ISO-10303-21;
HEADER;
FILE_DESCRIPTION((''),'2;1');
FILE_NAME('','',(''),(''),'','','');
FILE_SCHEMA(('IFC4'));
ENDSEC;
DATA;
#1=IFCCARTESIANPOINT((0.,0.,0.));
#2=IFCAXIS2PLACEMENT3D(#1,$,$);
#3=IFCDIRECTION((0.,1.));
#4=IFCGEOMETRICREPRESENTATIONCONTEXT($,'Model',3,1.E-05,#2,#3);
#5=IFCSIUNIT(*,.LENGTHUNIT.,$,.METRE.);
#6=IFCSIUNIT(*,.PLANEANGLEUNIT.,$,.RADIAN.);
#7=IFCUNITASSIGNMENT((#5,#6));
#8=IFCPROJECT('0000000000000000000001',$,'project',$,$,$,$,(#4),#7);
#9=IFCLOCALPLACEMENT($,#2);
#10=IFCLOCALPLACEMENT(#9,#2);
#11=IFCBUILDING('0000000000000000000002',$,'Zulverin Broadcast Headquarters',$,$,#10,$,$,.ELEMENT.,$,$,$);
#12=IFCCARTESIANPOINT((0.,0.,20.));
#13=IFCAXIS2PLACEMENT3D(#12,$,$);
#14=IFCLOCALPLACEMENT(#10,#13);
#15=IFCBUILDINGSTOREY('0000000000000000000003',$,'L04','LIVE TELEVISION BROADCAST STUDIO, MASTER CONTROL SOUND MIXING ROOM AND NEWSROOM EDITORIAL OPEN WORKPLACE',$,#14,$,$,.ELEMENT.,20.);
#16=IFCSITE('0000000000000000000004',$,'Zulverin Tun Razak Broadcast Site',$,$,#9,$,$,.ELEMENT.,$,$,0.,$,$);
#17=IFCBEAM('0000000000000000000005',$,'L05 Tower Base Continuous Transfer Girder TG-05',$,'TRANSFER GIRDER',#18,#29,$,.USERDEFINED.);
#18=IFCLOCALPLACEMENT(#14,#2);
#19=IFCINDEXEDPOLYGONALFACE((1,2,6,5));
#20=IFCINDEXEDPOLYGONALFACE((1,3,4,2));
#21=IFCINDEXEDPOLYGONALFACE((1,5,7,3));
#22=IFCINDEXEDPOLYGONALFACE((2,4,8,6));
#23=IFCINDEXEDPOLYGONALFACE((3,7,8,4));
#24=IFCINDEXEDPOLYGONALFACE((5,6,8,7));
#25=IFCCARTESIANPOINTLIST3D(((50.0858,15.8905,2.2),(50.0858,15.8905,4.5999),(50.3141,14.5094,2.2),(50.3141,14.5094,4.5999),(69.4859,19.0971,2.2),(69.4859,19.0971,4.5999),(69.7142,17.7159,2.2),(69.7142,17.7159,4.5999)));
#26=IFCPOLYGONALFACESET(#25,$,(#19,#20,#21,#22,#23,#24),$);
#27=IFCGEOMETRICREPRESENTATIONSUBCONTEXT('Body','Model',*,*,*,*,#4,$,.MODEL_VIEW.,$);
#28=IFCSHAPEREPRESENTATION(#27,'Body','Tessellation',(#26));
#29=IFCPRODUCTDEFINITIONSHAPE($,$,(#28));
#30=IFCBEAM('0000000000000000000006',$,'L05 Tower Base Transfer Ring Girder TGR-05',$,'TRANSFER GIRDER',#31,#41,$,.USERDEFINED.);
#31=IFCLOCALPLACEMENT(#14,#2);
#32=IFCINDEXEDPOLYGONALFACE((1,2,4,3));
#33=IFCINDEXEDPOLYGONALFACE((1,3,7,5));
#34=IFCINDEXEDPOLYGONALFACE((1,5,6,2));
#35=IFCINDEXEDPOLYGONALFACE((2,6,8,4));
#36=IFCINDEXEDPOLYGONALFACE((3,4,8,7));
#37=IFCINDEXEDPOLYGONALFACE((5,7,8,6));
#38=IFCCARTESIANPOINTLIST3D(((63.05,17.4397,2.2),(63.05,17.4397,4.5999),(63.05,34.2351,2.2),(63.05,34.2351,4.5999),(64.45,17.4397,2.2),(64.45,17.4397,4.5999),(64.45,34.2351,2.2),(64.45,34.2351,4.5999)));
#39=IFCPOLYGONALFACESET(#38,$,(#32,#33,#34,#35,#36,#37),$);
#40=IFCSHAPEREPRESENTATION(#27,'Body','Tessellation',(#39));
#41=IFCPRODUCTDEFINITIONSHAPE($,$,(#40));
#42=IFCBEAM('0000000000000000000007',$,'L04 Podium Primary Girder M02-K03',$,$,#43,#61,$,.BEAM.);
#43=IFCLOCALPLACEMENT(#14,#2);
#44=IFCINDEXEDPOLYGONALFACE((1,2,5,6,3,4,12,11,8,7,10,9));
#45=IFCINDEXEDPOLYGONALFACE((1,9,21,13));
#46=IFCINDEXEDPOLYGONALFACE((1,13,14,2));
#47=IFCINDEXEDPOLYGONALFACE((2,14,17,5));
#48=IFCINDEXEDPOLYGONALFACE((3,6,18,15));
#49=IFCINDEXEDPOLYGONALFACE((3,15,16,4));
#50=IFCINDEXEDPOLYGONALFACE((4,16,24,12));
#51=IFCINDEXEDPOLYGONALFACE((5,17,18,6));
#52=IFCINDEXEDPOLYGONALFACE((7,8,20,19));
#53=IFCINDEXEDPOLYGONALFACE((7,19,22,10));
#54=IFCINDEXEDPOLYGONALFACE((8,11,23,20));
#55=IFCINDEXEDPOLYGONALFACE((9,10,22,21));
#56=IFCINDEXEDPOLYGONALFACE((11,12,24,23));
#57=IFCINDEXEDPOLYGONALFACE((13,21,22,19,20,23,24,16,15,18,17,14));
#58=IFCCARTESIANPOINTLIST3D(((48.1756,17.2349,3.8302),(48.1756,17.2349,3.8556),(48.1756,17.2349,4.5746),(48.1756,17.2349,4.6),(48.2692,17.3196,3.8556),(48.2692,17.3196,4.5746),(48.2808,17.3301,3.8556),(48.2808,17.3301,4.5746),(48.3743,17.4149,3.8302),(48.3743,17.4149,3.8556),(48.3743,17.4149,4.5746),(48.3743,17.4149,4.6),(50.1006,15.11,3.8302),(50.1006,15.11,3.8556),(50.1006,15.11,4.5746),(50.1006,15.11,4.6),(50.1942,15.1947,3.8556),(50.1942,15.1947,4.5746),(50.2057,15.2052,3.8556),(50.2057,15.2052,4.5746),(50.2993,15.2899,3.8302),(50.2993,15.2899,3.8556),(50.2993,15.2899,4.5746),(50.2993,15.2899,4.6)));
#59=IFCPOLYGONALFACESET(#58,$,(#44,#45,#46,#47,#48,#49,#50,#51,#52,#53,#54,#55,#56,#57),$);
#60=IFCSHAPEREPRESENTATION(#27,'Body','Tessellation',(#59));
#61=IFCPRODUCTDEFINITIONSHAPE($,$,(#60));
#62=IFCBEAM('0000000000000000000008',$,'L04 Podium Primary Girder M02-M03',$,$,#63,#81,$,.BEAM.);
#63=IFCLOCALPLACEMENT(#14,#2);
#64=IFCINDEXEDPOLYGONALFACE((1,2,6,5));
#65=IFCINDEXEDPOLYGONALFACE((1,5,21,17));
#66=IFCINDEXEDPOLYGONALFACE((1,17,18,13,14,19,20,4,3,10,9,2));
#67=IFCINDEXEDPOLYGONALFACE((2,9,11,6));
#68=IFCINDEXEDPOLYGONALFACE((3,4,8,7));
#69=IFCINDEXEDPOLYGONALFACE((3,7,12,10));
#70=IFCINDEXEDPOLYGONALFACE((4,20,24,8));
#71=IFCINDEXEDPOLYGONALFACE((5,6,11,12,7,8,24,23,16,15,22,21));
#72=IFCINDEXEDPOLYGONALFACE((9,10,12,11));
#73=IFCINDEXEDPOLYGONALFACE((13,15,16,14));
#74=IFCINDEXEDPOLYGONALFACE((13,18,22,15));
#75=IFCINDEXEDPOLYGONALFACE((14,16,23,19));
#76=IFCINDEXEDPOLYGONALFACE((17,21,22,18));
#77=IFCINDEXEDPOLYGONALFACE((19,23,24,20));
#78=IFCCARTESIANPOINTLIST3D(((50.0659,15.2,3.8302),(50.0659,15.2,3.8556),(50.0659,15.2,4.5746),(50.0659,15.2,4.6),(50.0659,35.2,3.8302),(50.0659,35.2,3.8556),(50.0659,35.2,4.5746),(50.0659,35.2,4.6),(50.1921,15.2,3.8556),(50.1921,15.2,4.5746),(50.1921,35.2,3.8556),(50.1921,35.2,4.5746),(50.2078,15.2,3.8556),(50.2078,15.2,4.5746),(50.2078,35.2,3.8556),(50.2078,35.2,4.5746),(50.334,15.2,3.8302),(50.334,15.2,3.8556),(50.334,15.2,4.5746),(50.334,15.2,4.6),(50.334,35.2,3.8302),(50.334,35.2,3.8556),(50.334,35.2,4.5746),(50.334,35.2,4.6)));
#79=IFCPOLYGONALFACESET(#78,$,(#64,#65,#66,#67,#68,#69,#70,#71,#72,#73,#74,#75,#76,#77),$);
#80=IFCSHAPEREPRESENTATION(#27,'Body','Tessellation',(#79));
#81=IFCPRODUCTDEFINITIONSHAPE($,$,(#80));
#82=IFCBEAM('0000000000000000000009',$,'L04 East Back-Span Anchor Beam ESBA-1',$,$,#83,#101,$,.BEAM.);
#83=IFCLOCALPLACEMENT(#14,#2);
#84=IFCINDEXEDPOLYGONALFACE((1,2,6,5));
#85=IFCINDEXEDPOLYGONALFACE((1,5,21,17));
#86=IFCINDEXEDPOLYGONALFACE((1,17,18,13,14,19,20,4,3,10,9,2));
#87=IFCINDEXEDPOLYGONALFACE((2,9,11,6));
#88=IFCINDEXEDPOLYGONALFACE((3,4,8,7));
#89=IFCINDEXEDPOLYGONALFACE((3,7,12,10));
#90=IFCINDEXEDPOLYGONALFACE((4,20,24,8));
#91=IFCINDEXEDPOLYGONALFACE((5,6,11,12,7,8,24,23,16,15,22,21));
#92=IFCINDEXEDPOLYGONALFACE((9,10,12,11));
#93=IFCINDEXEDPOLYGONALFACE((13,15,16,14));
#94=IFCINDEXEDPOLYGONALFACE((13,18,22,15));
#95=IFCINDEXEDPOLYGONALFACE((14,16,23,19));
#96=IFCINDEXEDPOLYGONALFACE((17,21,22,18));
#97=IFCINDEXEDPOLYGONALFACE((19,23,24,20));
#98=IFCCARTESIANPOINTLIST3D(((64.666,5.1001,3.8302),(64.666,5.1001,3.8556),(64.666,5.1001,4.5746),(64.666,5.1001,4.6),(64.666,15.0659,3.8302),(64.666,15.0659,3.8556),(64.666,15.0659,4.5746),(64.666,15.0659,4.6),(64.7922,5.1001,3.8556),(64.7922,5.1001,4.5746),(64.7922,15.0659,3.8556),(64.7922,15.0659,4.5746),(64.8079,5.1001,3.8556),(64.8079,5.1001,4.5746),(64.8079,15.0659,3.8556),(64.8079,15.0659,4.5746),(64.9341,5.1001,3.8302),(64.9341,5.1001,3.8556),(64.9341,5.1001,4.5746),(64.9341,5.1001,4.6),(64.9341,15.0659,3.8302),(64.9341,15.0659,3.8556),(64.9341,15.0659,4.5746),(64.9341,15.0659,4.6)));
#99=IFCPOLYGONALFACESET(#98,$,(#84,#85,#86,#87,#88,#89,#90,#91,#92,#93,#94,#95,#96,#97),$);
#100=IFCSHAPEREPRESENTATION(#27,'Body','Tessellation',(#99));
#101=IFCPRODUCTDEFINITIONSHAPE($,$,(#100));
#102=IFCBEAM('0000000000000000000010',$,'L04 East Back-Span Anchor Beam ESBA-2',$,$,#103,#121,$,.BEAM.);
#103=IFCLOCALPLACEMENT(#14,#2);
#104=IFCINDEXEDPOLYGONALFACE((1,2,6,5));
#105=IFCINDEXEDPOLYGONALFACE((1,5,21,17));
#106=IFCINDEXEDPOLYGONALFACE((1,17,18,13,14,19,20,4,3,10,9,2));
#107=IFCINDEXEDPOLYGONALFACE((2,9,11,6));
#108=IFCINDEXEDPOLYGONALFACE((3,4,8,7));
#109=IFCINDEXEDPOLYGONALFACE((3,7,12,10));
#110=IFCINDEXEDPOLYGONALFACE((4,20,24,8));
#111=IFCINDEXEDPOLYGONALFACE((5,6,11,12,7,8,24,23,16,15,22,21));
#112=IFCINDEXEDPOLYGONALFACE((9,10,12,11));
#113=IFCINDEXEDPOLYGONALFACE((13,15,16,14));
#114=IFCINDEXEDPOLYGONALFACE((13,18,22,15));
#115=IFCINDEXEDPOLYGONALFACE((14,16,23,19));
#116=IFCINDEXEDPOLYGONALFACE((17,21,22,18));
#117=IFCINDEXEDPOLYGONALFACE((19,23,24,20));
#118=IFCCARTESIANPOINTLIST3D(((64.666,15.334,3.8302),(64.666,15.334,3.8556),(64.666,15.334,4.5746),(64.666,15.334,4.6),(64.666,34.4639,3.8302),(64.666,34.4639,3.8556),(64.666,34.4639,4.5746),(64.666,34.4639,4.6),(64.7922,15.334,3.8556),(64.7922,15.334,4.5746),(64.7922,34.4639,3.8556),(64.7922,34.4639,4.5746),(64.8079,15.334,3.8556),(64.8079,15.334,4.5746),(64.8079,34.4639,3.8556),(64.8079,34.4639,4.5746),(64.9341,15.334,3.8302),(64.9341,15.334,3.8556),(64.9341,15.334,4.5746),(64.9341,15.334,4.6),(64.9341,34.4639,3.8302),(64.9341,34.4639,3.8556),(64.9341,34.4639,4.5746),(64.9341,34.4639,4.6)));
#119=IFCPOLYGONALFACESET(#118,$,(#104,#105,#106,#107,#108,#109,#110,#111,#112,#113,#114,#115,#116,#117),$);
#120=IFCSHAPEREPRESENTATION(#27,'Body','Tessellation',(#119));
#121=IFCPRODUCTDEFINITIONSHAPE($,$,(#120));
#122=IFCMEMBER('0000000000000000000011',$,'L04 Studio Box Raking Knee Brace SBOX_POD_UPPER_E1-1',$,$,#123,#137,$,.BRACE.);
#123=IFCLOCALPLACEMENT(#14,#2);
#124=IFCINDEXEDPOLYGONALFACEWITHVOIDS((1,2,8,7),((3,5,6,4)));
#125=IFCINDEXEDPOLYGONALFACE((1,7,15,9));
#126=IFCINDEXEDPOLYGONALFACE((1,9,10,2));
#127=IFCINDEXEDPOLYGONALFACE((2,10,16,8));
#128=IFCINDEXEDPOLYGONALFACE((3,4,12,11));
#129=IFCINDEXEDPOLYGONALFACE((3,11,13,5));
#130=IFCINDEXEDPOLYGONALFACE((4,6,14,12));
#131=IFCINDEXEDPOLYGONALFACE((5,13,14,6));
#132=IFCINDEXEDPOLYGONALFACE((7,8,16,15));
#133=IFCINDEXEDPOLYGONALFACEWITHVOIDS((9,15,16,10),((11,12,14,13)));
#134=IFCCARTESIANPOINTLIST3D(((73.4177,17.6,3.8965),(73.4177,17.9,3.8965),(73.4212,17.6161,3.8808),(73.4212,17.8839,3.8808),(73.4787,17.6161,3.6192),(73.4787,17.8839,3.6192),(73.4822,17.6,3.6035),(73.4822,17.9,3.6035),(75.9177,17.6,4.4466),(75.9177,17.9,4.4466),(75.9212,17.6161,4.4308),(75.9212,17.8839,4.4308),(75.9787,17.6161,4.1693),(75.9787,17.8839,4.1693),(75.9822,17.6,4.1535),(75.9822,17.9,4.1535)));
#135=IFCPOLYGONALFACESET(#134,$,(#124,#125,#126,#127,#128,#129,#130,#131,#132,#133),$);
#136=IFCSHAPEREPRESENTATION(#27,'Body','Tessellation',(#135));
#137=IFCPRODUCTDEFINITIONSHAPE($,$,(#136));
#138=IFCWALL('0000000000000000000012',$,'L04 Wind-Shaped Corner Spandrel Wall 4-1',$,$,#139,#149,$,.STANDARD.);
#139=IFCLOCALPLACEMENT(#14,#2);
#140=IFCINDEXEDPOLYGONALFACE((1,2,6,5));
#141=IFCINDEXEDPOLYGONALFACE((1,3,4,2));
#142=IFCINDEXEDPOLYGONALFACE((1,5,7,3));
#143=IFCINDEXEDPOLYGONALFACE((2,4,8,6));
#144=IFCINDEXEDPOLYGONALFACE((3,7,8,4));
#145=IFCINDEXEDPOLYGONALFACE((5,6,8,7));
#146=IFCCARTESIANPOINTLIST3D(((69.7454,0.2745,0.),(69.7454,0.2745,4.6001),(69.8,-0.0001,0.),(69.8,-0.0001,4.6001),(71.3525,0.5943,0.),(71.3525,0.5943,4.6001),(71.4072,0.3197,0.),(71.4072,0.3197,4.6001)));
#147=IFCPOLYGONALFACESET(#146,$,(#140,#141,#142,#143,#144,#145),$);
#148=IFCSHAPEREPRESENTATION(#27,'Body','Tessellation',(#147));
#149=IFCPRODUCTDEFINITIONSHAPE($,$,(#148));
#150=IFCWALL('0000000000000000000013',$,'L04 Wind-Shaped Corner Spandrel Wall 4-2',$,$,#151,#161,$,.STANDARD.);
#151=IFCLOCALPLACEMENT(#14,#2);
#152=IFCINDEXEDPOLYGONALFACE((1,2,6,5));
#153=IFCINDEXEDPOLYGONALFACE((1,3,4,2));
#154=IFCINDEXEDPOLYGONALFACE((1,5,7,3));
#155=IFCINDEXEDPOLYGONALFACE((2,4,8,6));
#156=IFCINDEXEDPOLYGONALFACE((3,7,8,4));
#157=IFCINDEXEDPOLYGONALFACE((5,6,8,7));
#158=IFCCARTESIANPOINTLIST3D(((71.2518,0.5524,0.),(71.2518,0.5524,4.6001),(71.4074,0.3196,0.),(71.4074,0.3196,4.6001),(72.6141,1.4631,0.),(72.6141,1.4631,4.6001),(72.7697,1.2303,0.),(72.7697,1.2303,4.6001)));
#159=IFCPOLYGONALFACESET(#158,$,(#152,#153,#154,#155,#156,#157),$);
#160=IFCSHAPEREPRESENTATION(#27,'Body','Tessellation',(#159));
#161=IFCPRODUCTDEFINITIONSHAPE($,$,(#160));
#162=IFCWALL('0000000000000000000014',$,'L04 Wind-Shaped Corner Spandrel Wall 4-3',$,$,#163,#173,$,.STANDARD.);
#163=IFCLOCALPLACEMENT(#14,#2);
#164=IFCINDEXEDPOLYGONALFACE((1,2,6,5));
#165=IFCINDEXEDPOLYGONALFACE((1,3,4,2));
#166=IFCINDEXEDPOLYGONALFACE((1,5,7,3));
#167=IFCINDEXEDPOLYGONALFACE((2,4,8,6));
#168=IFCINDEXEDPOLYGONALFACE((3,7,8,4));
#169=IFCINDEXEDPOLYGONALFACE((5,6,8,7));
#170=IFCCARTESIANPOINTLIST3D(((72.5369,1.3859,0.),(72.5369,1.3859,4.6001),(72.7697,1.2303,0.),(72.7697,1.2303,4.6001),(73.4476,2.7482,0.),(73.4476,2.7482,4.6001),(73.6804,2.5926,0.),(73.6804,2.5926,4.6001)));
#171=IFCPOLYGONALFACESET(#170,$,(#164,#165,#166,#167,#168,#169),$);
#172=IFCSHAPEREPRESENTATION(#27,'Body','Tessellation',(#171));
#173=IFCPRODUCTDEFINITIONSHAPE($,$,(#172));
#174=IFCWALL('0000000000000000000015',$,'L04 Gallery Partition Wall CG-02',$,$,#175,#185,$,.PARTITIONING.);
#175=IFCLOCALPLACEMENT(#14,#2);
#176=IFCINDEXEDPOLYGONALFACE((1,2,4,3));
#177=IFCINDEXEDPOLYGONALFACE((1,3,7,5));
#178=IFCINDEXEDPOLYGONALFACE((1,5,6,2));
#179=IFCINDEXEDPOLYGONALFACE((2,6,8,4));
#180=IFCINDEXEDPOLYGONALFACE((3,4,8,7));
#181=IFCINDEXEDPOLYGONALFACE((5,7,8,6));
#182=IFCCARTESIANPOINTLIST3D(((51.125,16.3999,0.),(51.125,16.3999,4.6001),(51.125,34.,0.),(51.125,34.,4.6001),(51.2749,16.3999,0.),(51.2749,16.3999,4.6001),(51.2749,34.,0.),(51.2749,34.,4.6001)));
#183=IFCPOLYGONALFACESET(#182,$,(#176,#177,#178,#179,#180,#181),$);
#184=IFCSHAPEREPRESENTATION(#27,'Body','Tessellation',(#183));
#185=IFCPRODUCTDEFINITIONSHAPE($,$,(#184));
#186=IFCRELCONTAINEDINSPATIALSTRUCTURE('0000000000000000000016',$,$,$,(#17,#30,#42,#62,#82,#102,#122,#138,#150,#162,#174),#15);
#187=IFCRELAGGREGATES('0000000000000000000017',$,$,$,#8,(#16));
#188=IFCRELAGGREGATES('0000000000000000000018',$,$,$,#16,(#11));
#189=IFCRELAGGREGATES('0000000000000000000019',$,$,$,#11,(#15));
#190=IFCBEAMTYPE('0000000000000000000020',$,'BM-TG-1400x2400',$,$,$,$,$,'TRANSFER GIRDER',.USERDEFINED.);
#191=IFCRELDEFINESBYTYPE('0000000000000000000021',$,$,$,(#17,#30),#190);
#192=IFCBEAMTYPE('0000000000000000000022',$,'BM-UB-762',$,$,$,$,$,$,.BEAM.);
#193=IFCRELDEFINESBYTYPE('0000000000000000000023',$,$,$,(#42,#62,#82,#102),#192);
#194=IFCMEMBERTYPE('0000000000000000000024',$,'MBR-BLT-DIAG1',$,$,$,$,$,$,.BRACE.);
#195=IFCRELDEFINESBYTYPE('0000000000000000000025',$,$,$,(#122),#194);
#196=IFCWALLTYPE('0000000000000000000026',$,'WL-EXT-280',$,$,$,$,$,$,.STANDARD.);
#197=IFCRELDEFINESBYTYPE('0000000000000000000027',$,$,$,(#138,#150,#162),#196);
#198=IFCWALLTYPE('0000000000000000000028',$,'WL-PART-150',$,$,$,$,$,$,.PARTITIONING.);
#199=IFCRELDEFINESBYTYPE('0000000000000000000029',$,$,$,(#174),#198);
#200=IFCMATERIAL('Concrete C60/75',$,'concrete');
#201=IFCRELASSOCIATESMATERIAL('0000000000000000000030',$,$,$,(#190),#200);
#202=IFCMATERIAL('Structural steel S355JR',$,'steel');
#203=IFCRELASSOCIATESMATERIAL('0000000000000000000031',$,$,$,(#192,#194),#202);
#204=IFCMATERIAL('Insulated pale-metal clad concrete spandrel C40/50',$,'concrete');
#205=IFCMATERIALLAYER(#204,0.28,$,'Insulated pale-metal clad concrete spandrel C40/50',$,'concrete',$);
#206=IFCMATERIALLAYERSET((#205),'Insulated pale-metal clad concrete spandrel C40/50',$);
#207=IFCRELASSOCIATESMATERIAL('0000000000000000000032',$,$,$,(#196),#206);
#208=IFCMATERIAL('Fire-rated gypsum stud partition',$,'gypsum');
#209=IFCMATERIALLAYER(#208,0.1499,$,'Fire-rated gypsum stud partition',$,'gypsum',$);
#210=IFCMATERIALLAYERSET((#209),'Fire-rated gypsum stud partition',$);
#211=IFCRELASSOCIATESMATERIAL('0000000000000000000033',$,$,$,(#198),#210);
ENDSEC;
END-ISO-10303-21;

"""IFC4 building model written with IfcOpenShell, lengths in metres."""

from ifc_helpers import new_model, si_unit, direction, frame, frame_2d, origin, origin_2d, place, context, subcontext, project, spatial, rectangle, hollow_rectangle, i_section, extrude, material, layer, layer_set, material_profile, profile_set, type_object, element, save


model = new_model("IFC4")

# Units and contexts
model_context = context("Model", 3, precision=1e-05, world=origin(), true_north=direction((0.0, 1.0)))
body_context = subcontext(model_context, "Body", "Model", "MODEL_VIEW")
ifc_project = project(units=[si_unit("LENGTHUNIT", "METRE"), si_unit("PLANEANGLEUNIT", "RADIAN")], contexts=[model_context])

# Site, building, storey
site_placement = place(None, origin())
site = spatial("IfcSite", under=ifc_project, at=site_placement, Name="Zulverin Tun Razak Broadcast Site", CompositionType="ELEMENT", RefElevation=0.0)
building_placement = place(site_placement, origin())
building = spatial("IfcBuilding", under=site, at=building_placement, Name="Zulverin Broadcast Headquarters", CompositionType="ELEMENT")
storey_placement = place(building_placement, frame((0.0, 0.0, 20.0)))
storey = spatial("IfcBuildingStorey", under=building, at=storey_placement, Name="L04", Description="LIVE TELEVISION BROADCAST STUDIO, MASTER CONTROL SOUND MIXING ROOM AND NEWSROOM EDITORIAL OPEN WORKPLACE", CompositionType="ELEMENT", Elevation=20.0)

# Shared definitions
ifc_material_1 = material(Name="Concrete C60/75", Category="concrete")

# Beams
ifc_material_profile_1 = material_profile(ifc_material_1, rectangle(XDim=1.3999, YDim=2.3999, at=origin_2d()), Name="Concrete C60/75", Category="concrete")
ifc_profile_set_1 = profile_set([ifc_material_profile_1], Name="Concrete C60/75")
beam_type_1 = type_object("IfcBeamType", Name="BM-TG-1400x2400", ElementType="TRANSFER GIRDER", PredefinedType="USERDEFINED", material=ifc_profile_set_1)
beam_1_placement = place(storey_placement, frame((50.2, 15.2, 3.3999), z_axis=(0.986614, 0.163072, 0.0), x_axis=(-0.163072, 0.986614, 0.0)))
element("IfcBeam", 1, at=beam_1_placement, inside=storey, type_object=beam_type_1, Name="L05 Tower Base Continuous Transfer Girder TG-05", ObjectType="TRANSFER GIRDER", PredefinedType="USERDEFINED", context=body_context, shape_type="SweptSolid", body=[
    extrude(rectangle(XDim=1.3999, YDim=2.3999, at=origin_2d()), origin(), (0.0, 0.0, 1.0), 19.6633),
])
beam_2_placement = place(storey_placement, frame((63.75, 17.4397, 3.3999), z_axis=(0.0, 1.0, 0.0), x_axis=(-1.0, 0.0, 0.0)))
element("IfcBeam", 2, at=beam_2_placement, inside=storey, type_object=beam_type_1, Name="L05 Tower Base Transfer Ring Girder TGR-05", ObjectType="TRANSFER GIRDER", PredefinedType="USERDEFINED", context=body_context, shape_type="SweptSolid", body=[
    extrude(rectangle(XDim=1.3999, YDim=2.3999, at=origin_2d()), origin(), (0.0, 0.0, 1.0), 16.7954),
])
ifc_material_2 = material(Name="Structural steel S355JR", Category="steel")
ifc_material_profile_2 = material_profile(ifc_material_2, i_section(OverallWidth=0.2681, OverallDepth=0.7698, WebThickness=0.0156, FlangeThickness=0.0254, at=origin_2d()), Name="Structural steel S355JR", Category="steel")
ifc_profile_set_2 = profile_set([ifc_material_profile_2], Name="Structural steel S355JR")
beam_type_2 = type_object("IfcBeamType", Name="BM-UB-762", PredefinedType="BEAM", material=ifc_profile_set_2)
beam_3_placement = place(storey_placement, frame((50.2, 15.2, 4.2151), z_axis=(-0.671379, 0.741114, 0.0), x_axis=(-0.741114, -0.671379, 0.0)))
element("IfcBeam", 3, at=beam_3_placement, inside=storey, type_object=beam_type_2, Name="L04 Podium Primary Girder M02-K03", PredefinedType="BEAM", context=body_context, shape_type="SweptSolid", body=[
    extrude(i_section(OverallWidth=0.2681, OverallDepth=0.7698, WebThickness=0.0156, FlangeThickness=0.0254, at=origin_2d()), origin(), (0.0, 0.0, 1.0), 2.8672),
])
beam_4_placement = place(storey_placement, frame((50.2, 15.2, 4.2151), z_axis=(0.0, 1.0, 0.0), x_axis=(-1.0, 0.0, 0.0)))
element("IfcBeam", 4, at=beam_4_placement, inside=storey, type_object=beam_type_2, Name="L04 Podium Primary Girder M02-M03", PredefinedType="BEAM", context=body_context, shape_type="SweptSolid", body=[
    extrude(i_section(OverallWidth=0.2681, OverallDepth=0.7698, WebThickness=0.0156, FlangeThickness=0.0254, at=origin_2d()), origin(), (0.0, 0.0, 1.0), 20.0),
])
beam_5_placement = place(storey_placement, frame((64.8, 5.1001, 4.2151), z_axis=(0.0, 1.0, 0.0), x_axis=(-1.0, 0.0, 0.0)))
element("IfcBeam", 5, at=beam_5_placement, inside=storey, type_object=beam_type_2, Name="L04 East Back-Span Anchor Beam ESBA-1", PredefinedType="BEAM", context=body_context, shape_type="SweptSolid", body=[
    extrude(i_section(OverallWidth=0.2681, OverallDepth=0.7698, WebThickness=0.0156, FlangeThickness=0.0254, at=origin_2d()), origin(), (0.0, 0.0, 1.0), 9.9658),
])
beam_6_placement = place(storey_placement, frame((64.8, 15.334, 4.2151), z_axis=(0.0, 1.0, 0.0), x_axis=(-1.0, 0.0, 0.0)))
element("IfcBeam", 6, at=beam_6_placement, inside=storey, type_object=beam_type_2, Name="L04 East Back-Span Anchor Beam ESBA-2", PredefinedType="BEAM", context=body_context, shape_type="SweptSolid", body=[
    extrude(i_section(OverallWidth=0.2681, OverallDepth=0.7698, WebThickness=0.0156, FlangeThickness=0.0254, at=origin_2d()), origin(), (0.0, 0.0, 1.0), 19.1299),
])

# Member
ifc_material_profile_3 = material_profile(ifc_material_2, hollow_rectangle(XDim=0.3, YDim=0.3, WallThickness=0.0161, at=origin_2d()), Name="Structural steel S355JR", Category="steel")
ifc_profile_set_3 = profile_set([ifc_material_profile_3], Name="Structural steel S355JR")
member_type = type_object("IfcMemberType", Name="MBR-BLT-DIAG1", PredefinedType="BRACE", material=ifc_profile_set_3)
member_placement = place(storey_placement, frame((73.45, 17.75, 3.75), z_axis=(0.97664, 0.0, 0.21488), x_axis=(0.0, 1.0, 0.0)))
element("IfcMember", 7, at=member_placement, inside=storey, type_object=member_type, Name="L04 Studio Box Raking Knee Brace SBOX_POD_UPPER_E1-1", PredefinedType="BRACE", context=body_context, shape_type="SweptSolid", body=[
    extrude(hollow_rectangle(XDim=0.3, YDim=0.3, WallThickness=0.0161, at=origin_2d()), origin(), (0.0, 0.0, 1.0), 2.5598),
])

# Walls
ifc_material_3 = material(Name="Insulated pale-metal clad concrete spandrel C40/50", Category="concrete")
ifc_layer_1 = layer(ifc_material_3, 0.28, Name="Insulated pale-metal clad concrete spandrel C40/50", Category="concrete")
ifc_layer_set_1 = layer_set([ifc_layer_1], Name="Insulated pale-metal clad concrete spandrel C40/50")
wall_type_1 = type_object("IfcWallType", Name="WL-EXT-280", PredefinedType="STANDARD", material=ifc_layer_set_1)
for number, where, z_axis, x_axis, name in (
    (8, (69.7727, 0.1372, 0.0), (0.0, 0.0, 1.0), (0.980769, 0.195171, 0.0), "L04 Wind-Shaped Corner Spandrel Wall 4-1"),
    (9, (71.3296, 0.436, 0.0), (0.0, 0.0, 1.0), (0.831362, 0.555731, 0.0), "L04 Wind-Shaped Corner Spandrel Wall 4-2"),
    (10, (72.6533, 1.3081, 0.0), (0.0, 0.0, 1.0), (0.555731, 0.831362, 0.0), "L04 Wind-Shaped Corner Spandrel Wall 4-3"),
):
    element("IfcWall", number, at=place(storey_placement, frame(where, z_axis=z_axis, x_axis=x_axis)), inside=storey, type_object=wall_type_1, Name=name, PredefinedType="STANDARD", context=body_context, shape_type="SweptSolid", body=[
        extrude(rectangle(XDim=1.6387, YDim=0.28, at=frame_2d((0.8193, 0.0))), origin(), (0.0, 0.0, 1.0), 4.6001),
    ])
ifc_material_4 = material(Name="Fire-rated gypsum stud partition", Category="gypsum")
ifc_layer_2 = layer(ifc_material_4, 0.1499, Name="Fire-rated gypsum stud partition", Category="gypsum")
ifc_layer_set_2 = layer_set([ifc_layer_2], Name="Fire-rated gypsum stud partition")
wall_type_2 = type_object("IfcWallType", Name="WL-PART-150", PredefinedType="PARTITIONING", material=ifc_layer_set_2)
wall_1_placement = place(storey_placement, frame((51.2, 16.3999, 0.0), z_axis=(0.0, 0.0, 1.0), x_axis=(0.0, 1.0, 0.0)))
element("IfcWall", 11, at=wall_1_placement, inside=storey, type_object=wall_type_2, Name="L04 Gallery Partition Wall CG-02", PredefinedType="PARTITIONING", context=body_context, shape_type="SweptSolid", body=[
    extrude(rectangle(XDim=17.6001, YDim=0.1499, at=frame_2d((8.8, 0.0))), origin(), (0.0, 0.0, 1.0), 4.6001),
])

save(model, "model.ifc")
